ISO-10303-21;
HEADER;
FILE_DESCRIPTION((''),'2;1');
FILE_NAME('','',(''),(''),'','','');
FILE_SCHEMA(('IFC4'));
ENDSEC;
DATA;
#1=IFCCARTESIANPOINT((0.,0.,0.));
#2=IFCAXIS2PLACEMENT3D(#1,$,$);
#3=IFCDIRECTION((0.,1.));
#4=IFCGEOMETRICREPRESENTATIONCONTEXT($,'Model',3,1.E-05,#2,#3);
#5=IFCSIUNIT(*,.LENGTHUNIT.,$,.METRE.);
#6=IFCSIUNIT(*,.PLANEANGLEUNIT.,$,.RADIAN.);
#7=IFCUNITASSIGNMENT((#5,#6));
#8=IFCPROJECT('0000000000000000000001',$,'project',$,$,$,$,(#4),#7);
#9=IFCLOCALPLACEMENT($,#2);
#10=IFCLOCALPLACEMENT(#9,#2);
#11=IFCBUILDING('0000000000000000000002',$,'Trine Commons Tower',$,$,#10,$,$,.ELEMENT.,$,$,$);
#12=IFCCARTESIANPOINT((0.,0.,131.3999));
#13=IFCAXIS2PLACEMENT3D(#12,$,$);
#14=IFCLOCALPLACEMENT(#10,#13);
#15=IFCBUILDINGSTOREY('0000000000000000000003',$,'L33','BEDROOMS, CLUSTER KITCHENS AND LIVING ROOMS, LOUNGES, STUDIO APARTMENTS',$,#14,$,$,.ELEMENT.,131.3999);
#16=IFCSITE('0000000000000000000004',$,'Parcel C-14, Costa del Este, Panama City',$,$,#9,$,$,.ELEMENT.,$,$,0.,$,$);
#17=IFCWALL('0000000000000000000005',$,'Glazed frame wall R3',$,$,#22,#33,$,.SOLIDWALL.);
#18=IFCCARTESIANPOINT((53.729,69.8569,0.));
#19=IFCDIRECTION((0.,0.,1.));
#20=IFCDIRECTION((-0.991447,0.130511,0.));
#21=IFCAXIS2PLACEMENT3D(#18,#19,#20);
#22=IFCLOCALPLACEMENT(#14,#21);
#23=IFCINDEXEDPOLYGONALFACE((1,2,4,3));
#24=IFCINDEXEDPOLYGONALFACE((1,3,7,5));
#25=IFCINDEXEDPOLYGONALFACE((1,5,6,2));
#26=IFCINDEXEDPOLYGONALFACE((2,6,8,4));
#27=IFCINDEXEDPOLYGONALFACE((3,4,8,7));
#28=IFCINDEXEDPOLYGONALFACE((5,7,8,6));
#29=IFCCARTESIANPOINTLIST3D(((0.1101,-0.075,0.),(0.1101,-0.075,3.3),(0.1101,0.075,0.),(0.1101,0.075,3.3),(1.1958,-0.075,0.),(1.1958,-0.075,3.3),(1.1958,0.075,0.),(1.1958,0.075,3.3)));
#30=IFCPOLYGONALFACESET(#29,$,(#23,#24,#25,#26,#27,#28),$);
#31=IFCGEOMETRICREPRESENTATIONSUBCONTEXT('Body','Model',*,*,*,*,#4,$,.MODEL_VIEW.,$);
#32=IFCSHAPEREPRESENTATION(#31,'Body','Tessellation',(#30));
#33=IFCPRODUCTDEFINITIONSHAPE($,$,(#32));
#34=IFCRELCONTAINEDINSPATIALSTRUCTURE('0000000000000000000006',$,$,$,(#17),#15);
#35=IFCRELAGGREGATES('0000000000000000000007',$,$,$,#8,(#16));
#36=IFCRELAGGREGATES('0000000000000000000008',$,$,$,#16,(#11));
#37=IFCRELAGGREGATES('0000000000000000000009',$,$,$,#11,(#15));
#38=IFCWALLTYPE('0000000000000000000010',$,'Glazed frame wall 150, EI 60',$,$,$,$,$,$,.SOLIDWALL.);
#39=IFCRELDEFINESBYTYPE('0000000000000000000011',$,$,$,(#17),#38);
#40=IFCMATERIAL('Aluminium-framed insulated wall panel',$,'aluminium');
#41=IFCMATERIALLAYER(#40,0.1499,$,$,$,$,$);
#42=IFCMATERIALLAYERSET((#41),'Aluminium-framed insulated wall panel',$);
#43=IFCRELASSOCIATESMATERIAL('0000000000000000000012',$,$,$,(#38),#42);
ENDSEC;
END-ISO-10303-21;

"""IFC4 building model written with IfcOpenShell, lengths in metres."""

from ifc_helpers import new_model, si_unit, direction, frame, origin, place, context, subcontext, project, spatial, polyline, outline, extrude, material, layer, layer_set, type_object, element, save


model = new_model("IFC4")

# Units and contexts
model_context = context("Model", 3, precision=1e-05, world=origin(), true_north=direction((0.0, 1.0)))
body_context = subcontext(model_context, "Body", "Model", "MODEL_VIEW")
ifc_project = project(units=[si_unit("LENGTHUNIT", "METRE"), si_unit("PLANEANGLEUNIT", "RADIAN")], contexts=[model_context])

# Site, building, storey
site_placement = place(None, origin())
site = spatial("IfcSite", under=ifc_project, at=site_placement, Name="Parcel C-14, Costa del Este, Panama City", CompositionType="ELEMENT", RefElevation=0.0)
building_placement = place(site_placement, origin())
building = spatial("IfcBuilding", under=site, at=building_placement, Name="Trine Commons Tower", CompositionType="ELEMENT")
storey_placement = place(building_placement, frame((0.0, 0.0, 131.3999)))
storey = spatial("IfcBuildingStorey", under=building, at=storey_placement, Name="L33", Description="BEDROOMS, CLUSTER KITCHENS AND LIVING ROOMS, LOUNGES, STUDIO APARTMENTS", CompositionType="ELEMENT", Elevation=131.3999)

# Shared definitions
ifc_material_1 = material(Name="Aluminium-framed insulated wall panel", Category="aluminium")
ifc_layer_1 = layer(ifc_material_1, 0.1499)
ifc_layer_set_1 = layer_set([ifc_layer_1], Name="Aluminium-framed insulated wall panel")
wall_type_1 = type_object("IfcWallType", Name="Glazed frame wall 150, EI 60", PredefinedType="SOLIDWALL", material=ifc_layer_set_1)

# Wall
wall_1_placement = place(storey_placement, frame((53.729, 69.8569, 0.0), z_axis=(0.0, 0.0, 1.0), x_axis=(-0.991447, 0.130511, 0.0)))
element("IfcWall", 1, at=wall_1_placement, inside=storey, type_object=wall_type_1, Name="Glazed frame wall R3", PredefinedType="SOLIDWALL", context=body_context, shape_type="SweptSolid", body=[
    extrude(outline(polyline([(0.1101, 0.075), (0.1101, -0.075), (1.1958, -0.075), (1.1958, 0.075), (0.1101, 0.075)])), origin(), (0.0, 0.0, 1.0), 3.3),
])

save(model, "model.ifc")
